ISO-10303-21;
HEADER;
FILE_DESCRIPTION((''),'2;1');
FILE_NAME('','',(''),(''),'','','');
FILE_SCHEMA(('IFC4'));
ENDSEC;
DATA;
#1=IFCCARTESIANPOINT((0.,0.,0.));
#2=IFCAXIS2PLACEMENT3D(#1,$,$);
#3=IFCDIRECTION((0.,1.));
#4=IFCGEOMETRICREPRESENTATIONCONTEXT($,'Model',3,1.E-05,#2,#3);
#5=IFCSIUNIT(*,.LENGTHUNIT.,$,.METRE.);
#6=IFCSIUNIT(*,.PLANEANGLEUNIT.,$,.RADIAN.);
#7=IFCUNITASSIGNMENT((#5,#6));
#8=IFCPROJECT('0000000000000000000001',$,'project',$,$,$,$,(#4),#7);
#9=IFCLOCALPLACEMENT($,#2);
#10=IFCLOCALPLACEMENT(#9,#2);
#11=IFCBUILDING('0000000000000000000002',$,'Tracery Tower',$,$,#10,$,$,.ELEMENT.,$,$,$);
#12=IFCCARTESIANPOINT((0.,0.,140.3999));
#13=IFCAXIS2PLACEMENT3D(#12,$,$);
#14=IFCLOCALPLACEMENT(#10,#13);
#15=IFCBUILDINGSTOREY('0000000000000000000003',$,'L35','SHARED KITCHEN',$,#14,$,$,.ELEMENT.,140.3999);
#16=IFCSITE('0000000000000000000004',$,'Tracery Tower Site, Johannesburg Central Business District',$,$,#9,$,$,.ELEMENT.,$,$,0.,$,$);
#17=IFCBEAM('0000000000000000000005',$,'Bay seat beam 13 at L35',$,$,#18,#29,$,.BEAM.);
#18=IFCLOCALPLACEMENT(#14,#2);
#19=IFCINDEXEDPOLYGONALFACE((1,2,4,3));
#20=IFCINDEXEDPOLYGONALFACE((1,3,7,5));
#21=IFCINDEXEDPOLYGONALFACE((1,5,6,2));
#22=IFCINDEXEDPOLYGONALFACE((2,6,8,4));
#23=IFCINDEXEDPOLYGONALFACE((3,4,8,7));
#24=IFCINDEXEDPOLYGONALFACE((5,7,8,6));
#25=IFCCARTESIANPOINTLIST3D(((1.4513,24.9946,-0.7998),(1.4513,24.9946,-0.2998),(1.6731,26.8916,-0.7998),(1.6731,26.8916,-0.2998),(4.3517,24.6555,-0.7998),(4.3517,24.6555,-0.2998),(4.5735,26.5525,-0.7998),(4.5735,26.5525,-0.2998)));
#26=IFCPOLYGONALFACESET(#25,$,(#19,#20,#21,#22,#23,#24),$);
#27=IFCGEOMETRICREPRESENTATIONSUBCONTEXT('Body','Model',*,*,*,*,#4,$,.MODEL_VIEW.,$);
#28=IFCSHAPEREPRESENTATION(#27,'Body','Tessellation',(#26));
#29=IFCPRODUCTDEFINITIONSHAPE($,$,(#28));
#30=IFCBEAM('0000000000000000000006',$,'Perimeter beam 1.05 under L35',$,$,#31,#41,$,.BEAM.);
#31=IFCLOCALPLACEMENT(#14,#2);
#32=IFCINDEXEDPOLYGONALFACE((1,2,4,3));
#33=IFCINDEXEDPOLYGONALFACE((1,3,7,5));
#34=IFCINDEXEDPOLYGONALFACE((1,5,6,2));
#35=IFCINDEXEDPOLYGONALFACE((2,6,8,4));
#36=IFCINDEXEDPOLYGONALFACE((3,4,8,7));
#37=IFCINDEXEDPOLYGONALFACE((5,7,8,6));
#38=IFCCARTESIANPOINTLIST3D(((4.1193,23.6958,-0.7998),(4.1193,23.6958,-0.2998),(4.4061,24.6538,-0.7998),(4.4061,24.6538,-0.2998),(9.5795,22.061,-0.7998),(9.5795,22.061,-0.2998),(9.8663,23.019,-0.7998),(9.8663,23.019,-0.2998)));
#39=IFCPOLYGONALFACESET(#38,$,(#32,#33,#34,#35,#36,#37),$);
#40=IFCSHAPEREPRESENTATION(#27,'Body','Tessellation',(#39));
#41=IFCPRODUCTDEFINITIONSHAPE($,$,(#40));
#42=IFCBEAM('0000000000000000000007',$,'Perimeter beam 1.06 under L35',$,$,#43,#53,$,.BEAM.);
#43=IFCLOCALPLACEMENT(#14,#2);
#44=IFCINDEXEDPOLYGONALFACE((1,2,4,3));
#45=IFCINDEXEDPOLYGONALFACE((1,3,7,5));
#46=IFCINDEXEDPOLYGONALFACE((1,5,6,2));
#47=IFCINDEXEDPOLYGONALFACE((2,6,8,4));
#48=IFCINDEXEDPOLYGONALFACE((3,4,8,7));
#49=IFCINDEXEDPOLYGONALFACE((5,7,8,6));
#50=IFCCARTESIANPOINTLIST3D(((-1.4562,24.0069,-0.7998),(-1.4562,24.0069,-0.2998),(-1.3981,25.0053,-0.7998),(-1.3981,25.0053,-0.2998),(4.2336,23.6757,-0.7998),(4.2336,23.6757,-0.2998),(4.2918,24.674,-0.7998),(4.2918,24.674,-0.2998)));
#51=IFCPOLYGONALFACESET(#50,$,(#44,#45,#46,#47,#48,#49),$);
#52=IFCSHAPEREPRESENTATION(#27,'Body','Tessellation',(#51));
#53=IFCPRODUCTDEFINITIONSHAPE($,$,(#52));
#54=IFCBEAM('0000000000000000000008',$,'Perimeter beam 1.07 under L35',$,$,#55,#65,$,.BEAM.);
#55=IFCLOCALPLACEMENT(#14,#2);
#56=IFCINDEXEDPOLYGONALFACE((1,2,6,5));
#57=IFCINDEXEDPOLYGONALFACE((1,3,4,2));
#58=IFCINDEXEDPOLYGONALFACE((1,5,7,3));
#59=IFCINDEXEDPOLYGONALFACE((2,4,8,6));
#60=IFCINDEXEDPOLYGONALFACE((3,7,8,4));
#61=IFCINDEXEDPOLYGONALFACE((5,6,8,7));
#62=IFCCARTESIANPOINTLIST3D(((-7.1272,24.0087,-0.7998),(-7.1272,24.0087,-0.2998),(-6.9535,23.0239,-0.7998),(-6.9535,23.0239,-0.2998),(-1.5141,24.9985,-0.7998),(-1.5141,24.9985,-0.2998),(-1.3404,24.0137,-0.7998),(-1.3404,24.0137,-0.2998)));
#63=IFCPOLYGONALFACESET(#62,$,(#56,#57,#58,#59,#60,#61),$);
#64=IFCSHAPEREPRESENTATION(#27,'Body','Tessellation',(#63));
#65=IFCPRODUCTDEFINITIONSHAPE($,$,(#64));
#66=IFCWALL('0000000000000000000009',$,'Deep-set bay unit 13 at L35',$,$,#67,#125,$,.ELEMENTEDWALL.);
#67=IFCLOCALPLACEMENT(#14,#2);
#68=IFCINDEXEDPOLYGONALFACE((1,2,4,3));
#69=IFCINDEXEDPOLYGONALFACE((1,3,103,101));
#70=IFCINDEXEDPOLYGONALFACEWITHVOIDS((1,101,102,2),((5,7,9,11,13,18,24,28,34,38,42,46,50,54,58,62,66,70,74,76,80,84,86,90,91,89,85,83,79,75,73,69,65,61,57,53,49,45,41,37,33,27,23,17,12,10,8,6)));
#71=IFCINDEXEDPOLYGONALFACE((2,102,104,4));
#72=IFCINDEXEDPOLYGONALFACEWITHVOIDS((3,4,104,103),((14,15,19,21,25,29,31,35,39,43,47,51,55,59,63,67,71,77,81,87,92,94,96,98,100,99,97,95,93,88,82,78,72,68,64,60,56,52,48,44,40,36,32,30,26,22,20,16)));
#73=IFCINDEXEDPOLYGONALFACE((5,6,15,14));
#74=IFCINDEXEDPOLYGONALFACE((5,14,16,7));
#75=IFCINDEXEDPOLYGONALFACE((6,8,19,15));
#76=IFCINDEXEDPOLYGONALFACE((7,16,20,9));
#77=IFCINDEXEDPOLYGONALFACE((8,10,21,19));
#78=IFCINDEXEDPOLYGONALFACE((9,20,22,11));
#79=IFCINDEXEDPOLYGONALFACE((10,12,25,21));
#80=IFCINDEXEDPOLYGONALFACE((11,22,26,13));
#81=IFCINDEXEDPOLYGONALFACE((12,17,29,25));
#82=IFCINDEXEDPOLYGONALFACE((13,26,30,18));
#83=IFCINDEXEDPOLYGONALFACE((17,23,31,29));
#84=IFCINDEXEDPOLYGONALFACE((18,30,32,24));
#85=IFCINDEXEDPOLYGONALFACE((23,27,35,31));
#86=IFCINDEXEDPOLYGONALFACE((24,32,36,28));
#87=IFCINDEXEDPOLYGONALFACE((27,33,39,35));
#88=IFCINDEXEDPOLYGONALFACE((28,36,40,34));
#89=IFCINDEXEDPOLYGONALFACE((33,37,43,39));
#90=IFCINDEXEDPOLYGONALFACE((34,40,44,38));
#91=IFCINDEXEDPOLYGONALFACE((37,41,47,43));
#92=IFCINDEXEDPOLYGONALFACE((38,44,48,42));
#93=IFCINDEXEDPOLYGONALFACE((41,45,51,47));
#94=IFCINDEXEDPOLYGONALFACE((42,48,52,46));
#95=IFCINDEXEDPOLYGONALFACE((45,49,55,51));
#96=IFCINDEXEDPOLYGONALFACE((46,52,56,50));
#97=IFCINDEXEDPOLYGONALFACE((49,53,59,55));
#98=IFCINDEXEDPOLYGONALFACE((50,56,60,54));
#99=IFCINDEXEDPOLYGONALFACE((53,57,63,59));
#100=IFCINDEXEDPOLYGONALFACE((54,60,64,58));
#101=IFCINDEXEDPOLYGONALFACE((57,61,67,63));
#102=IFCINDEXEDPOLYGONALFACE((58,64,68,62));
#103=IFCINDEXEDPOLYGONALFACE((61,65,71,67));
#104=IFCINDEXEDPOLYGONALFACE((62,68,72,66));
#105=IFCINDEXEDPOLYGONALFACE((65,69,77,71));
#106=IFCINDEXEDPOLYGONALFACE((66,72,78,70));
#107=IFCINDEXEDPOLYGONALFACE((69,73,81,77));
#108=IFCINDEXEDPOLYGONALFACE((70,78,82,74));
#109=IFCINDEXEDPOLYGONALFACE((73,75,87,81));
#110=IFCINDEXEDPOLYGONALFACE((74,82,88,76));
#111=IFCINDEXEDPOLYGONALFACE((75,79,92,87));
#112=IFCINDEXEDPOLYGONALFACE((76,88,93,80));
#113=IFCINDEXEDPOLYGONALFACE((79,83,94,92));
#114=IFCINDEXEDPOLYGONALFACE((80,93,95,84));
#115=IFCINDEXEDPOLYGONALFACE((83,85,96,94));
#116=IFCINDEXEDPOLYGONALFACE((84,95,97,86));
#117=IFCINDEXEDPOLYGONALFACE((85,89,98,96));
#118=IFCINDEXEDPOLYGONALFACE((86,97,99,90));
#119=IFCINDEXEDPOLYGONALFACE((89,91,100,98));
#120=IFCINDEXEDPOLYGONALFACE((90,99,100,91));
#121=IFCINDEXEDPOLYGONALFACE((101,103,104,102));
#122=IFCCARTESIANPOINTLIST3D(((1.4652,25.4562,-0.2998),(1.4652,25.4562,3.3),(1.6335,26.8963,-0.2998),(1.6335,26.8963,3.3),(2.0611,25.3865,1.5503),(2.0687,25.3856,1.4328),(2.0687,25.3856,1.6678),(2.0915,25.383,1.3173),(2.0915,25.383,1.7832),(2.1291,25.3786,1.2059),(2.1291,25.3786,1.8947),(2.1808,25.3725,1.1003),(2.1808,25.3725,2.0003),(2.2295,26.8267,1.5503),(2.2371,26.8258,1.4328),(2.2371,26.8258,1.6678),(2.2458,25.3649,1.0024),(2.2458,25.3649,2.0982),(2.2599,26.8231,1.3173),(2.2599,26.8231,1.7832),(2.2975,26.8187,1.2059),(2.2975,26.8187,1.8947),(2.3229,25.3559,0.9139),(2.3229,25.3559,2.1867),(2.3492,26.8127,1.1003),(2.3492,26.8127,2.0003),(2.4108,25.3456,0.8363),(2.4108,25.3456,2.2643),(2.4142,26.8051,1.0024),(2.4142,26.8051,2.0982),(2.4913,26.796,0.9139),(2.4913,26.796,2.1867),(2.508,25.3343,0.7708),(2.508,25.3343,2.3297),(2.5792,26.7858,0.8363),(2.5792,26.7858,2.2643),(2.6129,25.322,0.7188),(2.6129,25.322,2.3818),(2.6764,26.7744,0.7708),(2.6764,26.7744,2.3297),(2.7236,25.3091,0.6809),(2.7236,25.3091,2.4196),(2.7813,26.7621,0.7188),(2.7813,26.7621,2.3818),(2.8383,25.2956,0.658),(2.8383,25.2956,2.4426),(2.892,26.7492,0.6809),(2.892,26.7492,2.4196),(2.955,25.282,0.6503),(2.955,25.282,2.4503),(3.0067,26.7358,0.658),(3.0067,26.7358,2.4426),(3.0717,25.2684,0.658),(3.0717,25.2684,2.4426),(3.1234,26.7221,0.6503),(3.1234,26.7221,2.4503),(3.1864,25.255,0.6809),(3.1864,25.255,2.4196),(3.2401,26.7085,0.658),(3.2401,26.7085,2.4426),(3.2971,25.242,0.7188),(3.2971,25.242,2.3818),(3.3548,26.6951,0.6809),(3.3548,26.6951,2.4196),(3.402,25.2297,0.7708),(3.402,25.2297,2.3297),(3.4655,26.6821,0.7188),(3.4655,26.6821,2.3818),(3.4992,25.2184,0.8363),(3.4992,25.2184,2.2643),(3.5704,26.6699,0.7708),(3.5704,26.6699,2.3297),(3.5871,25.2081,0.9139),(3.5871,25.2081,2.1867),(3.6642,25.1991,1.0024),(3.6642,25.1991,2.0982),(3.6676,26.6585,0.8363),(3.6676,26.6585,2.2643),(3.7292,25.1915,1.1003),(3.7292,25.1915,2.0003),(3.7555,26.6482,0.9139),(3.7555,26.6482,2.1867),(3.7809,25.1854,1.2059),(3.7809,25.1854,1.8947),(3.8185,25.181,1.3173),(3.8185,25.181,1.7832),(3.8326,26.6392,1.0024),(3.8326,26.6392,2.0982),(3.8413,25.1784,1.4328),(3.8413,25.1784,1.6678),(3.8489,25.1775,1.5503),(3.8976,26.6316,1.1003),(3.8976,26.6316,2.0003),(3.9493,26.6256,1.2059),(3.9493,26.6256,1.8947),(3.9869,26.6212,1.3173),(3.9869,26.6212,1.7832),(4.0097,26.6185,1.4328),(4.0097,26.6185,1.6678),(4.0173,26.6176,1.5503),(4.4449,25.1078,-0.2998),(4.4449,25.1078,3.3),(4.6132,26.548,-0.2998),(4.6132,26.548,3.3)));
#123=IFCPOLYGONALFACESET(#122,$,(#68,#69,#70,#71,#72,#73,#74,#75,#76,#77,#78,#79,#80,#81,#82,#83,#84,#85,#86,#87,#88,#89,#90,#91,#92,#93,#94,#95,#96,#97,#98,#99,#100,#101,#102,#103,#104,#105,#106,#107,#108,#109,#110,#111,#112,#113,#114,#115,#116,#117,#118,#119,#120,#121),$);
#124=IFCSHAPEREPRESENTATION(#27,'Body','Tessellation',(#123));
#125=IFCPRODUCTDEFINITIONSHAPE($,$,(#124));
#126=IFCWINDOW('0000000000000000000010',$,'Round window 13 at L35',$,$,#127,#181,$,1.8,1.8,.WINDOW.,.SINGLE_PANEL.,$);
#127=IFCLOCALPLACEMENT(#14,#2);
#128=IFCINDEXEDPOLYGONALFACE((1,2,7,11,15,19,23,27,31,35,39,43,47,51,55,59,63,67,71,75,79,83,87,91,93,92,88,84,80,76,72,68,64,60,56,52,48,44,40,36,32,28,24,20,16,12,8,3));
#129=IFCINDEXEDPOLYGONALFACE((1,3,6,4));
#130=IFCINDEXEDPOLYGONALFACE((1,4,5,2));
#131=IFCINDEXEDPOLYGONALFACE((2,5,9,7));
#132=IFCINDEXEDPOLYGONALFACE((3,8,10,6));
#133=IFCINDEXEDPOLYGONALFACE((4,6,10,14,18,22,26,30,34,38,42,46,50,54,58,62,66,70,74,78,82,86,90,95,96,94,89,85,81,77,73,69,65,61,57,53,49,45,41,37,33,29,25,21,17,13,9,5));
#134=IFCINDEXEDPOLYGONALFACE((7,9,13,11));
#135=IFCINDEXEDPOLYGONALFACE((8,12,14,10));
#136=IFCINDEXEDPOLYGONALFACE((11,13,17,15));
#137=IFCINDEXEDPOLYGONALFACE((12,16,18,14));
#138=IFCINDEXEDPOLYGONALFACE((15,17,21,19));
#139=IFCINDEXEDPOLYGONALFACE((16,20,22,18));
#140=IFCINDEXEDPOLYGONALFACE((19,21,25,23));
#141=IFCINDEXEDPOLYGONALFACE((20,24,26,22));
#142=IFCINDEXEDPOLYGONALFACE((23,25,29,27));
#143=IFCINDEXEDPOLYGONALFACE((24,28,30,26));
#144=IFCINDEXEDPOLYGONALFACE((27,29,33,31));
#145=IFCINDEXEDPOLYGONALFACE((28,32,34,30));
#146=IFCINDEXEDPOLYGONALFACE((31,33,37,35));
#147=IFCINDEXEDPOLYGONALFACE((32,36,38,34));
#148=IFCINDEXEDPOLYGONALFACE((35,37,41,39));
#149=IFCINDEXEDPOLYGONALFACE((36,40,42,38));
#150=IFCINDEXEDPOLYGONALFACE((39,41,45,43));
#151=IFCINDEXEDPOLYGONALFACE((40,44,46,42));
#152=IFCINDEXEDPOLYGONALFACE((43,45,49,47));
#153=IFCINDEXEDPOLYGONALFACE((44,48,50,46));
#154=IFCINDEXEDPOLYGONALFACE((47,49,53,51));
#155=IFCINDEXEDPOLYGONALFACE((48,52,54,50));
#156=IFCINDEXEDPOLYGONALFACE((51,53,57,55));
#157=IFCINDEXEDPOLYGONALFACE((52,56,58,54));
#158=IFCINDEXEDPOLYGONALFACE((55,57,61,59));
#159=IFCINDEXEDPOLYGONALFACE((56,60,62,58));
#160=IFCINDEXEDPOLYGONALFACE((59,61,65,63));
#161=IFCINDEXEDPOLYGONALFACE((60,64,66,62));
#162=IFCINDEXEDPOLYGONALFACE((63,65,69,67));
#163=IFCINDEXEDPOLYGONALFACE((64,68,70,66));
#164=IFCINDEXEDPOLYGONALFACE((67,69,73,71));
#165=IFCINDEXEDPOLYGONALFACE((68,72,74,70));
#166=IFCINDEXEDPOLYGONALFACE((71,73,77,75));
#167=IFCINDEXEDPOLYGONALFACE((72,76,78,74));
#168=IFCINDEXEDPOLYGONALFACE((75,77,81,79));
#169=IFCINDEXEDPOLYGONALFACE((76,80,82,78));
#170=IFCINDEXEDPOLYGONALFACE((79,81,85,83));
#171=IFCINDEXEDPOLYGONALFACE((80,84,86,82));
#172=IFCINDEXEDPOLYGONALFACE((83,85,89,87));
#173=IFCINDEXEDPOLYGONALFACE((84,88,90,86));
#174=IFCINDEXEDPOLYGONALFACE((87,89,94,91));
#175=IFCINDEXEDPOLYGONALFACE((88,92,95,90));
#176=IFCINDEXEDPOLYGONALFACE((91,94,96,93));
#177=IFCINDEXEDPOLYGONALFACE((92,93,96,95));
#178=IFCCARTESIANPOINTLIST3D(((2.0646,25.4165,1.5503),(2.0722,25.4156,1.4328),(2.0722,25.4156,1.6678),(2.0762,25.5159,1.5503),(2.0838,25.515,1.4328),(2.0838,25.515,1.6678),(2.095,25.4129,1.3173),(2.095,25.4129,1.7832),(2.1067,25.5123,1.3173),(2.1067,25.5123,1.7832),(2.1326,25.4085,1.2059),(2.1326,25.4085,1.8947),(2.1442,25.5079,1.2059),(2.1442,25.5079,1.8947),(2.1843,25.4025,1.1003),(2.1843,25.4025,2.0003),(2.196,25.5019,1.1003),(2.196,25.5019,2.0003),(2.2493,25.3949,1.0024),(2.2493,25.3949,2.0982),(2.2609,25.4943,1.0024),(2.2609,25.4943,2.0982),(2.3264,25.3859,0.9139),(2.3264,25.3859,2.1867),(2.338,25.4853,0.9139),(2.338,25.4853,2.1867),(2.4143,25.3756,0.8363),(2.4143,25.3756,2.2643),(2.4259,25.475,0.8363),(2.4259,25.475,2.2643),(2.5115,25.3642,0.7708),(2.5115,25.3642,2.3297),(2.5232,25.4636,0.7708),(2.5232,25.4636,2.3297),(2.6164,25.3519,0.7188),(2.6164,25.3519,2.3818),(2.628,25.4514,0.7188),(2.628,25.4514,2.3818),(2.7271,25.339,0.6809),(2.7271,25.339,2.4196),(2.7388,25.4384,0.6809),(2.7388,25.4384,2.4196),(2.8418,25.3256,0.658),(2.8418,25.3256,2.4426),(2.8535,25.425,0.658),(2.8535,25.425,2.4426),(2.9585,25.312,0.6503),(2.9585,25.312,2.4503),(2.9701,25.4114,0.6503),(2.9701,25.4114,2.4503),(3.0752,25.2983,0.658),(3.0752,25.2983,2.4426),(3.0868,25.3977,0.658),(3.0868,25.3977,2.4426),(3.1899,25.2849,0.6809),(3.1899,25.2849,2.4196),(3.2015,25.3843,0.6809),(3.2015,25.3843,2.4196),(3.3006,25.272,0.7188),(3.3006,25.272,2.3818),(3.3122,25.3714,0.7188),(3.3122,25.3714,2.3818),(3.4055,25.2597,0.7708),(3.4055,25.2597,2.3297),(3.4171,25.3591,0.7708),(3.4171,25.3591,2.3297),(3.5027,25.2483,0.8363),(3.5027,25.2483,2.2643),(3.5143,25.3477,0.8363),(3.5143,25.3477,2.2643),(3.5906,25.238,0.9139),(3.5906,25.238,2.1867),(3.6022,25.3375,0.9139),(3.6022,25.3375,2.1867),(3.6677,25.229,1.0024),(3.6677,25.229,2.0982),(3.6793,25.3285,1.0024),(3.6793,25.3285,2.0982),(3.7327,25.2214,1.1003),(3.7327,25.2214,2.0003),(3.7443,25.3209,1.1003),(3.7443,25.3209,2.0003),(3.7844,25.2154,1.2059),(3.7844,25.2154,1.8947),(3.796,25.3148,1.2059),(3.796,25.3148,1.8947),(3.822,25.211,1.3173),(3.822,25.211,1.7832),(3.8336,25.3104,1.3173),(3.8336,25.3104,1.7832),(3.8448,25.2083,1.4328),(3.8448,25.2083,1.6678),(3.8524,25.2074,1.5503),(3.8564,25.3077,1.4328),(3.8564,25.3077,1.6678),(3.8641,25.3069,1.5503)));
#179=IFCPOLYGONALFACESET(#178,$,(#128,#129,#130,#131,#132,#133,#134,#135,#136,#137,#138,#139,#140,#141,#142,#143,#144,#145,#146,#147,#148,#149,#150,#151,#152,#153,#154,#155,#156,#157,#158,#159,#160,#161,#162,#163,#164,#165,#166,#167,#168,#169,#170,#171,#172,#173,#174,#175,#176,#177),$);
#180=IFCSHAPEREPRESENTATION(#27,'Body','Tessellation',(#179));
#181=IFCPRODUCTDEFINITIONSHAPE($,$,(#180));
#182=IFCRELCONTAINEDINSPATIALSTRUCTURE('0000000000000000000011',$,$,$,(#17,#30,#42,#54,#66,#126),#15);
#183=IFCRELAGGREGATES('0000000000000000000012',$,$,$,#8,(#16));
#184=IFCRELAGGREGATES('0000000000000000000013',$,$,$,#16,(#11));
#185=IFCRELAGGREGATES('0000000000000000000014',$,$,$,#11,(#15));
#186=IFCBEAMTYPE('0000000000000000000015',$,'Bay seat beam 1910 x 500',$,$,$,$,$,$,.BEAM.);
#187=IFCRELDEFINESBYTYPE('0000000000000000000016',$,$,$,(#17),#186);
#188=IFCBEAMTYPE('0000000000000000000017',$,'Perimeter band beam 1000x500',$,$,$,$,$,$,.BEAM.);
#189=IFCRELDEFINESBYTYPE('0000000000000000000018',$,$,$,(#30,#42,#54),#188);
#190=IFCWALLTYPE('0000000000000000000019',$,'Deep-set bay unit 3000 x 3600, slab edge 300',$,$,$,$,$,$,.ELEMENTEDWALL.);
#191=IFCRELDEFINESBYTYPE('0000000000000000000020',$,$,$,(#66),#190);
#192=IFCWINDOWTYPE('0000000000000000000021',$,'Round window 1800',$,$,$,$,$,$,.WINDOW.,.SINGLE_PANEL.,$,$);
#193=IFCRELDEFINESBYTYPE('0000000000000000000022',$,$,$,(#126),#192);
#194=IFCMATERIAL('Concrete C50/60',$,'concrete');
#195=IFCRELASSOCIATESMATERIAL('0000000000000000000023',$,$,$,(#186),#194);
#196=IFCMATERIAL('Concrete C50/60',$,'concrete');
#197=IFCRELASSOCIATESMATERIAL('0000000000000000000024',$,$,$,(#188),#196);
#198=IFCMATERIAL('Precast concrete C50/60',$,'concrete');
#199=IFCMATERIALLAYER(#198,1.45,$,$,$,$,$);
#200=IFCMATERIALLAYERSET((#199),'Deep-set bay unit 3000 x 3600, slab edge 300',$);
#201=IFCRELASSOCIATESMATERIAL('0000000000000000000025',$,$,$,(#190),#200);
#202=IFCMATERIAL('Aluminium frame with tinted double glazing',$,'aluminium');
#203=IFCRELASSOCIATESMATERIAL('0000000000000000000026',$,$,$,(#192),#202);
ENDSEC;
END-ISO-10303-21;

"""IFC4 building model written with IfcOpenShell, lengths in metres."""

from ifc_helpers import new_model, si_unit, direction, frame, frame_2d, origin, origin_2d, place, context, subcontext, project, spatial, rectangle, circle, extrude, material, layer, layer_set, material_profile, profile_set, type_object, element, fill, save


model = new_model("IFC4")

# Units and contexts
model_context = context("Model", 3, precision=1e-05, world=origin(), true_north=direction((0.0, 1.0)))
body_context = subcontext(model_context, "Body", "Model", "MODEL_VIEW")
ifc_project = project(units=[si_unit("LENGTHUNIT", "METRE"), si_unit("PLANEANGLEUNIT", "RADIAN")], contexts=[model_context])

# Site, building, storey
site_placement = place(None, origin())
site = spatial("IfcSite", under=ifc_project, at=site_placement, Name="Tracery Tower Site, Johannesburg Central Business District", CompositionType="ELEMENT", RefElevation=0.0)
building_placement = place(site_placement, origin())
building = spatial("IfcBuilding", under=site, at=building_placement, Name="Tracery Tower", CompositionType="ELEMENT")
storey_placement = place(building_placement, frame((0.0, 0.0, 140.3999)))
storey = spatial("IfcBuildingStorey", under=building, at=storey_placement, Name="L35", Description="SHARED KITCHEN", CompositionType="ELEMENT", Elevation=140.3999)

# Beams
ifc_material_1 = material(Name="Concrete C50/60", Category="concrete")
ifc_material_profile_1 = material_profile(ifc_material_1, rectangle(XDim=1.9099, YDim=0.5, at=origin_2d()), Name="RC 1910x500")
ifc_profile_set_1 = profile_set([ifc_material_profile_1], Name="Concrete C50/60")
beam_type_1 = type_object("IfcBeamType", Name="Bay seat beam 1910 x 500", PredefinedType="BEAM", material=ifc_profile_set_1)
beam_1_placement = place(storey_placement, frame((4.4626, 25.604, -0.5498), z_axis=(-0.993234, 0.116128, 0.0), x_axis=(-0.116128, -0.993234, 0.0)))
element("IfcBeam", 1, at=beam_1_placement, inside=storey, type_object=beam_type_1, Name="Bay seat beam 13 at L35", PredefinedType="BEAM", context=body_context, shape_type="SweptSolid", body=[
    extrude(rectangle(XDim=1.9099, YDim=0.5, at=origin_2d()), origin(), (0.0, 0.0, 1.0), 2.9202),
])
ifc_material_2 = material(Name="Concrete C50/60", Category="concrete")
ifc_material_profile_2 = material_profile(ifc_material_2, rectangle(XDim=1.0, YDim=0.5, at=origin_2d()), Name="RC 1000x500")
ifc_profile_set_2 = profile_set([ifc_material_profile_2], Name="Concrete C50/60")
beam_type_2 = type_object("IfcBeamType", Name="Perimeter band beam 1000x500", PredefinedType="BEAM", material=ifc_profile_set_2)
beam_2_placement = place(storey_placement, frame((9.7229, 22.54, -0.5498), z_axis=(-0.957985, 0.286817, 0.0), x_axis=(-0.286817, -0.957985, 0.0)))
element("IfcBeam", 2, at=beam_2_placement, inside=storey, type_object=beam_type_2, Name="Perimeter beam 1.05 under L35", PredefinedType="BEAM", context=body_context, shape_type="SweptSolid", body=[
    extrude(rectangle(XDim=1.0, YDim=0.5, at=origin_2d()), origin(), (0.0, 0.0, 1.0), 5.6997),
])
beam_3_placement = place(storey_placement, frame((4.2627, 24.1748, -0.5498), z_axis=(-0.998309, 0.058127, 0.0), x_axis=(-0.058127, -0.998309, 0.0)))
element("IfcBeam", 3, at=beam_3_placement, inside=storey, type_object=beam_type_2, Name="Perimeter beam 1.06 under L35", PredefinedType="BEAM", context=body_context, shape_type="SweptSolid", body=[
    extrude(rectangle(XDim=1.0, YDim=0.5, at=origin_2d()), origin(), (0.0, 0.0, 1.0), 5.6995),
])
beam_4_placement = place(storey_placement, frame((-1.4272, 24.5061, -0.5498), z_axis=(-0.984807, -0.173651, 0.0), x_axis=(0.173651, -0.984807, 0.0)))
element("IfcBeam", 4, at=beam_4_placement, inside=storey, type_object=beam_type_2, Name="Perimeter beam 1.07 under L35", PredefinedType="BEAM", context=body_context, shape_type="SweptSolid", body=[
    extrude(rectangle(XDim=1.0, YDim=0.5, at=origin_2d()), origin(), (0.0, 0.0, 1.0), 5.6997),
])

# Wall, opening, window
ifc_material_3 = material(Name="Precast concrete C50/60", Category="concrete")
ifc_layer_1 = layer(ifc_material_3, 1.45)
ifc_layer_set_1 = layer_set([ifc_layer_1], Name="Deep-set bay unit 3000 x 3600, slab edge 300")
wall_type_1 = type_object("IfcWallType", Name="Deep-set bay unit 3000 x 3600, slab edge 300", PredefinedType="ELEMENTEDWALL", material=ifc_layer_set_1)
wall_1_placement = place(storey_placement, frame((4.5291, 25.8279, -0.2998), z_axis=(0.0, 0.0, 1.0), x_axis=(-0.993234, 0.116128, 0.0)))
wall_1 = element("IfcWall", 5, at=wall_1_placement, inside=storey, type_object=wall_type_1, Name="Deep-set bay unit 13 at L35", PredefinedType="ELEMENTEDWALL", context=body_context, shape_type="SweptSolid", body=[
    extrude(rectangle(XDim=3.0, YDim=1.45, at=frame_2d((1.5, 0.0))), origin(), (0.0, 0.0, 1.0), 3.5999),
])
opening_1_placement = place(wall_1_placement, frame((1.5, 0.0, 1.8501)))
opening_1 = element("IfcOpeningElement", 6, at=opening_1_placement, cuts=wall_1, PredefinedType="OPENING", context=body_context, shape_type="SweptSolid", body=[
    extrude(circle(Radius=0.9, at=origin_2d()), frame((0.0, 0.7349, 0.0), z_axis=(0.0, -1.0, 0.0), x_axis=(1.0, 0.0, 0.0)), (0.0, 0.0, 1.0), 1.47),
])
ifc_material_4 = material(Name="Aluminium frame with tinted double glazing", Category="aluminium")
window_type = type_object("IfcWindowType", Name="Round window 1800", PartitioningType="SINGLE_PANEL", PredefinedType="WINDOW", material=ifc_material_4)
window_1_placement = place(opening_1_placement, origin())
window_1 = element("IfcWindow", 7, at=window_1_placement, inside=storey, type_object=window_type, Name="Round window 13 at L35", OverallHeight=1.8, OverallWidth=1.8, PartitioningType="SINGLE_PANEL", PredefinedType="WINDOW", context=body_context, shape_type="SweptSolid", body=[
    extrude(circle(Radius=0.9, at=origin_2d()), frame((0.0, 0.6948, 0.0), z_axis=(0.0, -1.0, 0.0), x_axis=(1.0, 0.0, 0.0)), (0.0, 0.0, 1.0), 0.1001),
])
fill(opening_1, window_1)

save(model, "model.ifc")
